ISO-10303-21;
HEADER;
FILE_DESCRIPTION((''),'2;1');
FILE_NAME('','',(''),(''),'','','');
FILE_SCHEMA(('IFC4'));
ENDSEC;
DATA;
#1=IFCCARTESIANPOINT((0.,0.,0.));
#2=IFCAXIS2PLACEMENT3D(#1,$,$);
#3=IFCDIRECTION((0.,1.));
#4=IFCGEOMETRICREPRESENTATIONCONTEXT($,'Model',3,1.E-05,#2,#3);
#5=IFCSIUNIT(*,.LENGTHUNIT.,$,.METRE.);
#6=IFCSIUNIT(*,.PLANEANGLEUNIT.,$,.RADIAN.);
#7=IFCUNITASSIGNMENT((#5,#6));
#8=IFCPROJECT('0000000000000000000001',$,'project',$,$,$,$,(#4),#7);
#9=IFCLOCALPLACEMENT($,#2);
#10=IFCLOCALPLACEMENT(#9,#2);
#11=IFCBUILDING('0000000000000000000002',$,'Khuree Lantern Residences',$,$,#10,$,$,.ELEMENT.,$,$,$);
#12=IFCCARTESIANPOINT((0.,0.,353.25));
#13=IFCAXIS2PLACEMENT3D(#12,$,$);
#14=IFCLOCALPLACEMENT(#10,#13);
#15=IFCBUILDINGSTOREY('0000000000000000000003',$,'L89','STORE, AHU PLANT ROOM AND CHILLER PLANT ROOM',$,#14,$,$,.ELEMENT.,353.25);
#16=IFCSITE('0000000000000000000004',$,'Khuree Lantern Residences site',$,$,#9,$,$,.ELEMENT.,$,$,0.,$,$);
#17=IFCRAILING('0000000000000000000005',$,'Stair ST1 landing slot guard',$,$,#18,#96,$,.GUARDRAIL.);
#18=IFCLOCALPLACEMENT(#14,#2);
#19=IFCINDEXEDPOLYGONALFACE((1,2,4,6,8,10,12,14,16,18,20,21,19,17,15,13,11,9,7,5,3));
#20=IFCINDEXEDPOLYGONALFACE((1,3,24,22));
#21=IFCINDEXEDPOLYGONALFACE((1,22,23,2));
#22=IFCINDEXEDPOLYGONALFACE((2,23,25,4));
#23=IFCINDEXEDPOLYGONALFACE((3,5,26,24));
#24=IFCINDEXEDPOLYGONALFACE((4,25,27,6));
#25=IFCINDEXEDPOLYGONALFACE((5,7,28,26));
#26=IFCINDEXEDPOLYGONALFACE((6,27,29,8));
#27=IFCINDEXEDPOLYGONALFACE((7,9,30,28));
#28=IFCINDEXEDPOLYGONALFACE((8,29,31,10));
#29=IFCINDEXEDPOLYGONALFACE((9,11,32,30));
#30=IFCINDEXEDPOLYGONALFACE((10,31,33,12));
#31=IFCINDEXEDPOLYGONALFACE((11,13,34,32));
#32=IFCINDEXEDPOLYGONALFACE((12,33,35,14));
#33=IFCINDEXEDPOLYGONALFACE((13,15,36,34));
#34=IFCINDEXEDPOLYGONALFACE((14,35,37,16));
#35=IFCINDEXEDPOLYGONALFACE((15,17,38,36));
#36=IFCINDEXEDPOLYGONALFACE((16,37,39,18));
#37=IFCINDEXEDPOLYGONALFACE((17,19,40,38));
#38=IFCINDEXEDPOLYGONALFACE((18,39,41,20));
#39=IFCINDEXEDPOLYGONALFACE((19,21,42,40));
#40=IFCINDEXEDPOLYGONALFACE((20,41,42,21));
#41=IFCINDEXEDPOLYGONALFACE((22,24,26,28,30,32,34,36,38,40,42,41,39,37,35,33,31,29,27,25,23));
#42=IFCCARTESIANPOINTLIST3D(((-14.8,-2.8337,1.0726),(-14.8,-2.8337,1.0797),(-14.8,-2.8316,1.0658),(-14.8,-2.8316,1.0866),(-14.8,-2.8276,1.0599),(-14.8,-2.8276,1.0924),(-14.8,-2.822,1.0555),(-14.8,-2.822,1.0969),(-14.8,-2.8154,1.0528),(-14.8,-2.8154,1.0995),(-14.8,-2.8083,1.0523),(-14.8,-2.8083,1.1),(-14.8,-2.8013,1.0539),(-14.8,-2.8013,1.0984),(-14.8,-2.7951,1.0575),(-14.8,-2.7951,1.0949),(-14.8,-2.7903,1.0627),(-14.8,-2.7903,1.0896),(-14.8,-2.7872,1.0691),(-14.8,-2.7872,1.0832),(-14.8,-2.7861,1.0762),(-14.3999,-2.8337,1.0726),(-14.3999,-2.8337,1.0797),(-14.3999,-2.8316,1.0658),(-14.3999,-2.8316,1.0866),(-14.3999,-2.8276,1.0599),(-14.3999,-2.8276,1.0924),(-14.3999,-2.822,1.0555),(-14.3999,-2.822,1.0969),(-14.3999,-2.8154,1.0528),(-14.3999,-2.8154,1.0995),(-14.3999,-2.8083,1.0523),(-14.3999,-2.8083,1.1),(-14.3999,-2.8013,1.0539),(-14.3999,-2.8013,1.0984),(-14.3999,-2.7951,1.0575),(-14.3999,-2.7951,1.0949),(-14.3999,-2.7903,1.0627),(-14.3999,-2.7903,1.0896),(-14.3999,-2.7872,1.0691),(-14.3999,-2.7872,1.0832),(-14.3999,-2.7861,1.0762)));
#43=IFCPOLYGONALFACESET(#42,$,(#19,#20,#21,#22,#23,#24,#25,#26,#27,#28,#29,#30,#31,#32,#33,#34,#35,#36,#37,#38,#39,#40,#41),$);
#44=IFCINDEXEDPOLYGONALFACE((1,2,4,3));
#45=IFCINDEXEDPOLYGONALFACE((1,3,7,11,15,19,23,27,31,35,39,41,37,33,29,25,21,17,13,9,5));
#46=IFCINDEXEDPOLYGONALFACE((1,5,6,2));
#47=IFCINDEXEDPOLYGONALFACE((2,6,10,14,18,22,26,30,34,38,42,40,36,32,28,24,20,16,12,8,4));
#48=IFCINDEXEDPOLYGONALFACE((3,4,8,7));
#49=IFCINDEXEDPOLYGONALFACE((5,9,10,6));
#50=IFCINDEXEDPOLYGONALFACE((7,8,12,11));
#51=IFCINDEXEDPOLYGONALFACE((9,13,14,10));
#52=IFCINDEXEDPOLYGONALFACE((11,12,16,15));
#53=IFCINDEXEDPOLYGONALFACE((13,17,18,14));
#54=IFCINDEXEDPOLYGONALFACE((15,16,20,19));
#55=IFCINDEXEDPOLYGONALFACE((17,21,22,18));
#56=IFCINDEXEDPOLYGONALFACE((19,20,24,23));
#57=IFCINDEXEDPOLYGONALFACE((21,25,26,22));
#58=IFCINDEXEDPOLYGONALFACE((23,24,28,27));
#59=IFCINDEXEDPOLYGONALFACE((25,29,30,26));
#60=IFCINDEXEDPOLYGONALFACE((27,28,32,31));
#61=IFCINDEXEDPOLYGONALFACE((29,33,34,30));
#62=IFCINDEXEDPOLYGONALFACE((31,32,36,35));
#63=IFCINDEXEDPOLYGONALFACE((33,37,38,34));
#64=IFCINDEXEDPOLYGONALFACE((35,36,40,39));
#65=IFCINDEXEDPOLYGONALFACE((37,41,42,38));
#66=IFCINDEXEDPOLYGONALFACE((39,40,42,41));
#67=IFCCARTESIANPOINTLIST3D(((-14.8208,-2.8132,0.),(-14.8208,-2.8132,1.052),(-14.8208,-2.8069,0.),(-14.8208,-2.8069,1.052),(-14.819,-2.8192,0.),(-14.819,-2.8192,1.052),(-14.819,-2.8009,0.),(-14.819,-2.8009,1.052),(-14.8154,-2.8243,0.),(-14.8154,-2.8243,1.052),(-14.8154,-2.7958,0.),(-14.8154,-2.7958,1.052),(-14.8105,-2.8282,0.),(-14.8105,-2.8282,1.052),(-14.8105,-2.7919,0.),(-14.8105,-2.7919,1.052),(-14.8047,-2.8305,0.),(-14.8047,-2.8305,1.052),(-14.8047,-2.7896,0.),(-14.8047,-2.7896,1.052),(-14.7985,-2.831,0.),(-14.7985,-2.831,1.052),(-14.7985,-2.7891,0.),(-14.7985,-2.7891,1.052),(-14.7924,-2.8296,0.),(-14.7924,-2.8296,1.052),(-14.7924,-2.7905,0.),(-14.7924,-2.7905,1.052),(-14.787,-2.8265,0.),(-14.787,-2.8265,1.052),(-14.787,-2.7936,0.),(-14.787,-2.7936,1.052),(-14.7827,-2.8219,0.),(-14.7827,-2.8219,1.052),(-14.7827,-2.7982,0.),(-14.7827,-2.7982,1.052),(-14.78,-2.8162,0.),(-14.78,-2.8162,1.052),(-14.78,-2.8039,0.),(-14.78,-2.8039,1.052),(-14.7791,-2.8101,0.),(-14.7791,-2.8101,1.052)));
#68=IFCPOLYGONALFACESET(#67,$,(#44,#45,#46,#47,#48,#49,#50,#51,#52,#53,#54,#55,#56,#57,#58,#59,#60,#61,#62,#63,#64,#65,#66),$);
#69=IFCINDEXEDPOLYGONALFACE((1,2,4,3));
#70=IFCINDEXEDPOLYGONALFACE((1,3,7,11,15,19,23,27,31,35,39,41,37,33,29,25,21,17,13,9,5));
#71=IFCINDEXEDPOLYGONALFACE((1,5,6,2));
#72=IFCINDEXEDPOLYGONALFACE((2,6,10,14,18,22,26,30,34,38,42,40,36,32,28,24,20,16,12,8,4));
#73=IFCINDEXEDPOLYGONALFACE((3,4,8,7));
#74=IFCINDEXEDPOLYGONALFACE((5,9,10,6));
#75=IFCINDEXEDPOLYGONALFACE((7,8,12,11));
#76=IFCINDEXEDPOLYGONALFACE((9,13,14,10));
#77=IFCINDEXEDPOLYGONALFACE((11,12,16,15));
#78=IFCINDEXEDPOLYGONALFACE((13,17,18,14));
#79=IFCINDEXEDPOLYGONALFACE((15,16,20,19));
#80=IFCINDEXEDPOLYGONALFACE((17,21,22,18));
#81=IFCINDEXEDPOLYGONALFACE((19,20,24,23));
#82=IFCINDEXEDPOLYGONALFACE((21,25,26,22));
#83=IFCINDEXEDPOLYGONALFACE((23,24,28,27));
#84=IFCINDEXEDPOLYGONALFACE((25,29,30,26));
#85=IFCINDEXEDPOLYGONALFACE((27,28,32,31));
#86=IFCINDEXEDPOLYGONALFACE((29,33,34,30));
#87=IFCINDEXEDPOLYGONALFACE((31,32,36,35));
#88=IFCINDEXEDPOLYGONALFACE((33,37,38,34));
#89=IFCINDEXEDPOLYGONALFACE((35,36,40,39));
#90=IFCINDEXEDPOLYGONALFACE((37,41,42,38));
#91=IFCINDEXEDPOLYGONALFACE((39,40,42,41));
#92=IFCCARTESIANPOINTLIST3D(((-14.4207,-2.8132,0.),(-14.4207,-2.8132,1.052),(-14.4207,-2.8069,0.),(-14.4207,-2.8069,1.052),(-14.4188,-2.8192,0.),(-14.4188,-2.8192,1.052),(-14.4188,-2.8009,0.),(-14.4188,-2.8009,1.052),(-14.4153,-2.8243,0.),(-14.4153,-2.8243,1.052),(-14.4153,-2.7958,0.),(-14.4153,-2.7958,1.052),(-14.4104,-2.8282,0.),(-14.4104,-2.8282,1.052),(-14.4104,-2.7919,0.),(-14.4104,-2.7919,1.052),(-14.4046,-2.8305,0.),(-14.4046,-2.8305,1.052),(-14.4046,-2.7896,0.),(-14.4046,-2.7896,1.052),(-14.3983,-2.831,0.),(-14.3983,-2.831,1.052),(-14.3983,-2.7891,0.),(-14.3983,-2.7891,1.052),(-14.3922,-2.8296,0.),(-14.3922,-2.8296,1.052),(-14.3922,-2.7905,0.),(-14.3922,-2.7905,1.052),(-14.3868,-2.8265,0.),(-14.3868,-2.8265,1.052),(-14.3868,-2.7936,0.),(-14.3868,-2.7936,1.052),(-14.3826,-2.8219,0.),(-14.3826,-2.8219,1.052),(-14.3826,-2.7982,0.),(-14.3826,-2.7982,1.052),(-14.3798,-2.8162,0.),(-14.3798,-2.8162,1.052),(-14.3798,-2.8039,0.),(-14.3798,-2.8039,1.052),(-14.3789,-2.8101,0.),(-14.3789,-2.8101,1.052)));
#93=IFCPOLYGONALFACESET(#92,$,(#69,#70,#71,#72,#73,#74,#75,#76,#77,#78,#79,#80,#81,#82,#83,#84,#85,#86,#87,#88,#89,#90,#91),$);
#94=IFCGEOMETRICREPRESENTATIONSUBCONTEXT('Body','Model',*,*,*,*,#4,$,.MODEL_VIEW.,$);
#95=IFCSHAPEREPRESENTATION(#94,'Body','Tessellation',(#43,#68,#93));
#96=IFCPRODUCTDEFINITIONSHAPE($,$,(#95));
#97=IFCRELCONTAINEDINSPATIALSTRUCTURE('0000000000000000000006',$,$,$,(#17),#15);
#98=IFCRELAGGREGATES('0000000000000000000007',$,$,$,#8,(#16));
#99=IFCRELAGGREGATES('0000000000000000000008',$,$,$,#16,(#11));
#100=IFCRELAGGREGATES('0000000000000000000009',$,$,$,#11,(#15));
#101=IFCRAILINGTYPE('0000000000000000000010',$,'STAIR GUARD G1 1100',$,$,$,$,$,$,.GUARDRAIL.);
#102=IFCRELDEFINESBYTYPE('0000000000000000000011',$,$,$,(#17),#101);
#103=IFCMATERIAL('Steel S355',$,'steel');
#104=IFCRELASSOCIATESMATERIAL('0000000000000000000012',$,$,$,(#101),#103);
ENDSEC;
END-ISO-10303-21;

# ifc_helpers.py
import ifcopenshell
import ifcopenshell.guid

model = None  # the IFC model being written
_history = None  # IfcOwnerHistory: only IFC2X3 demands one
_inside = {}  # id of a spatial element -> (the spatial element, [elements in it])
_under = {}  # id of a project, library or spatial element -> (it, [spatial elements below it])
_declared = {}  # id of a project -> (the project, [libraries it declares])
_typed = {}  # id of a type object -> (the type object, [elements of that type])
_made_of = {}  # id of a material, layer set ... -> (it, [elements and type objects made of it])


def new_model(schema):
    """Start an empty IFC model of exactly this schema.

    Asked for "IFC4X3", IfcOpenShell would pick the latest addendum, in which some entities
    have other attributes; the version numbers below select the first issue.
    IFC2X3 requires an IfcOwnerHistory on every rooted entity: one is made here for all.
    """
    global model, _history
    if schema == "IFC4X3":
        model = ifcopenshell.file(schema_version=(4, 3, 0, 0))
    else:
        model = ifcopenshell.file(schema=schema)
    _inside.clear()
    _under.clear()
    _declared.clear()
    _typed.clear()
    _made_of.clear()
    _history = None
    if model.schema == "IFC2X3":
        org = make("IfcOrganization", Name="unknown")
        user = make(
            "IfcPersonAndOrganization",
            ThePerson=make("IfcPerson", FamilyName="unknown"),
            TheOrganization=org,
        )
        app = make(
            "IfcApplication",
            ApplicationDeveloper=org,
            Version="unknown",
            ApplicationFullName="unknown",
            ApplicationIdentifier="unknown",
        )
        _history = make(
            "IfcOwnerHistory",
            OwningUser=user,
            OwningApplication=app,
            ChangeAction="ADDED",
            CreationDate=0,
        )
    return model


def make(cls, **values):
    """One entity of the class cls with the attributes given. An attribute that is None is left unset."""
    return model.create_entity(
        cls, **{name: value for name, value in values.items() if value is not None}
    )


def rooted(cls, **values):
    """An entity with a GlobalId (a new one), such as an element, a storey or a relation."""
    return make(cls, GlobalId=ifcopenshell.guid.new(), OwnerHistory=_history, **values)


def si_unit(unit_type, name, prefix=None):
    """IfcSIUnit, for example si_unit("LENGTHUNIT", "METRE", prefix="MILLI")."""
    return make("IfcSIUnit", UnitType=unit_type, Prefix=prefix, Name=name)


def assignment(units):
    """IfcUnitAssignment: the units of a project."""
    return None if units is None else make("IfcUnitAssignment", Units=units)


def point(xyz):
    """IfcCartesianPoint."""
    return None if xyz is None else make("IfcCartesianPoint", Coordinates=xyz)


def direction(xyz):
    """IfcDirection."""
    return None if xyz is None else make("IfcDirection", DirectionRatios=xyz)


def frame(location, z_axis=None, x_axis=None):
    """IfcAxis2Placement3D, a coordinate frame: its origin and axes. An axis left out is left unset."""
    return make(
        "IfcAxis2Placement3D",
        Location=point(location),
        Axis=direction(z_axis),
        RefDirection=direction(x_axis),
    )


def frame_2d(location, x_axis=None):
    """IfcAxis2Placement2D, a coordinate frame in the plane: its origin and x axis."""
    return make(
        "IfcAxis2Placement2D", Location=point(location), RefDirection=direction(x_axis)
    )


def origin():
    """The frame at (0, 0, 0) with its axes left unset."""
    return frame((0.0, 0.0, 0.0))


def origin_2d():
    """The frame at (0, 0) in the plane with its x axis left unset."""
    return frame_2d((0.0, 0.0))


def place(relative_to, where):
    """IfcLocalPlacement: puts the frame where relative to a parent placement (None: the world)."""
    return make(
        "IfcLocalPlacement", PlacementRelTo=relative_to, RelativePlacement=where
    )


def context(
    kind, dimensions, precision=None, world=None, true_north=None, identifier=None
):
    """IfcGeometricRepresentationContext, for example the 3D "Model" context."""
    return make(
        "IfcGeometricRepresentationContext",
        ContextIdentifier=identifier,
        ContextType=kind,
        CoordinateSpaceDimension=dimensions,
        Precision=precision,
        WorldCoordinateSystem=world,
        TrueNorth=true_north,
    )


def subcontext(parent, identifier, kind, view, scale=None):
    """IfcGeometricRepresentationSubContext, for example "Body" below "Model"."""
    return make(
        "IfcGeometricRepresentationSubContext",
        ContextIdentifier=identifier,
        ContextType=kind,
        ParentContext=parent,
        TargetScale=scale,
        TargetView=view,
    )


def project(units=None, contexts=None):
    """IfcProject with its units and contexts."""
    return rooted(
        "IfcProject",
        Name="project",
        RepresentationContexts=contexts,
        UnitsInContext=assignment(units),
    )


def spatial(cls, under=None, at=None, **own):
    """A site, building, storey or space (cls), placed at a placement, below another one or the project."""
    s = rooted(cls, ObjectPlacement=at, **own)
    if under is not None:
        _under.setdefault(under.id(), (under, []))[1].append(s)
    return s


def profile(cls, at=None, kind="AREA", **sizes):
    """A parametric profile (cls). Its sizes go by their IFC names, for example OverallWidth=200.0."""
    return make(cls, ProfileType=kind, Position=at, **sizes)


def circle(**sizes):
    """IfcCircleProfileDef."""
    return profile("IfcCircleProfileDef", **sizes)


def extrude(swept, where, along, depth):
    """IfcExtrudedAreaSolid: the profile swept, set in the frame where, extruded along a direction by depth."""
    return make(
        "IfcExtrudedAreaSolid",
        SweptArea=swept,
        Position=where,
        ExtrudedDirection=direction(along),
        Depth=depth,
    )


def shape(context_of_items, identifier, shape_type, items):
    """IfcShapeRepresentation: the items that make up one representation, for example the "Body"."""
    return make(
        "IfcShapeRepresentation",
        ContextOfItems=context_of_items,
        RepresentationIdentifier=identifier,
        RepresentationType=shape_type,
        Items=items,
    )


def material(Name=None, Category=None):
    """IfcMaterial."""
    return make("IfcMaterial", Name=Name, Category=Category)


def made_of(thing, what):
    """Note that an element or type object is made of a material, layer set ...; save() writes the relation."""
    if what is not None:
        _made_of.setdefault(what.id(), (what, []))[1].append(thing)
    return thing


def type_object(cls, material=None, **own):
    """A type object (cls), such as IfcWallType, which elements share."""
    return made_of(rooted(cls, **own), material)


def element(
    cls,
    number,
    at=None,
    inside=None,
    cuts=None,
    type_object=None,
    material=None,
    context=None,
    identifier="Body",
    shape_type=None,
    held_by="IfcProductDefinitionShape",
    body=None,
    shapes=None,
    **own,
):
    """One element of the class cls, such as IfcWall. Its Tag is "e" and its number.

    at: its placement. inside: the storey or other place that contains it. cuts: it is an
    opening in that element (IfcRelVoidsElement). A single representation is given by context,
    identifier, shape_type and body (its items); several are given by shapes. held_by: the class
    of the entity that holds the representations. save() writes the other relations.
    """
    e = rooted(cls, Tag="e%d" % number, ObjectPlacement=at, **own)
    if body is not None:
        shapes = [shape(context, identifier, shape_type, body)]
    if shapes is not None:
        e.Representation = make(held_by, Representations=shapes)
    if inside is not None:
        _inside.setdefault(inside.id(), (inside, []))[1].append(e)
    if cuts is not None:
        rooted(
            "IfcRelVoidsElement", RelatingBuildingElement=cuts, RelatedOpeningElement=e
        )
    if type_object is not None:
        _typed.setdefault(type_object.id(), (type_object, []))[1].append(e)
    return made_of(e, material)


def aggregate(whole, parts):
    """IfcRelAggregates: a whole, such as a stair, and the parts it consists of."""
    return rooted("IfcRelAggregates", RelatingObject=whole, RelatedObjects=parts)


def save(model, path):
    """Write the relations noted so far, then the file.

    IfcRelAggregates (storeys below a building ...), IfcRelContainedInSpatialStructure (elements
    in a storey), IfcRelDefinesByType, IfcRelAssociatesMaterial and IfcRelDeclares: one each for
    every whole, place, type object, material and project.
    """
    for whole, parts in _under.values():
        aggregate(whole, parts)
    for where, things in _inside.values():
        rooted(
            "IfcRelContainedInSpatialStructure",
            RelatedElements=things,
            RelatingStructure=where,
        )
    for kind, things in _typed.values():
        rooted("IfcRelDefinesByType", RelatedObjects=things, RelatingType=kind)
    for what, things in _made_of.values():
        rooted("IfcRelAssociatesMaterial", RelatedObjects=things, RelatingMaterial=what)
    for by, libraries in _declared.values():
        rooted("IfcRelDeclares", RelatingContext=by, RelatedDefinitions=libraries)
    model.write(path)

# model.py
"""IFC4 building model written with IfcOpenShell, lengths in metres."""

from ifc_helpers import new_model, si_unit, direction, frame, origin, origin_2d, place, context, subcontext, project, spatial, circle, extrude, material, type_object, element, save


model = new_model("IFC4")

# Units and contexts
model_context = context("Model", 3, precision=1e-05, world=origin(), true_north=direction((0.0, 1.0)))
body_context = subcontext(model_context, "Body", "Model", "MODEL_VIEW")
ifc_project = project(units=[si_unit("LENGTHUNIT", "METRE"), si_unit("PLANEANGLEUNIT", "RADIAN")], contexts=[model_context])

# Site, building, storey
site_placement = place(None, origin())
site = spatial("IfcSite", under=ifc_project, at=site_placement, Name="Khuree Lantern Residences site", CompositionType="ELEMENT", RefElevation=0.0)
building_placement = place(site_placement, origin())
building = spatial("IfcBuilding", under=site, at=building_placement, Name="Khuree Lantern Residences", CompositionType="ELEMENT")
storey_placement = place(building_placement, frame((0.0, 0.0, 353.25)))
storey = spatial("IfcBuildingStorey", under=building, at=storey_placement, Name="L89", Description="STORE, AHU PLANT ROOM AND CHILLER PLANT ROOM", CompositionType="ELEMENT", Elevation=353.25)

# Shared definitions
ifc_material_1 = material(Name="Steel S355", Category="steel")

# Railing
railing_type_1 = type_object("IfcRailingType", Name="STAIR GUARD G1 1100", PredefinedType="GUARDRAIL", material=ifc_material_1)
railing_1_placement = place(storey_placement, frame((-14.8, -2.8101, 0.0)))
element("IfcRailing", 1, at=railing_1_placement, inside=storey, type_object=railing_type_1, Name="Stair ST1 landing slot guard", PredefinedType="GUARDRAIL", context=body_context, shape_type="SweptSolid", body=[
    extrude(circle(Radius=0.0239, at=origin_2d()), frame((0.0, 0.0, 1.0762), z_axis=(1.0, 0.0, 0.0), x_axis=(0.0, 1.0, 0.0)), (0.0, 0.0, 1.0), 0.4001),
    extrude(circle(Radius=0.021, at=origin_2d()), origin(), (0.0, 0.0, 1.0), 1.052),
    extrude(circle(Radius=0.021, at=origin_2d()), frame((0.4001, 0.0, 0.0)), (0.0, 0.0, 1.0), 1.052),
])

save(model, "model.ifc")
